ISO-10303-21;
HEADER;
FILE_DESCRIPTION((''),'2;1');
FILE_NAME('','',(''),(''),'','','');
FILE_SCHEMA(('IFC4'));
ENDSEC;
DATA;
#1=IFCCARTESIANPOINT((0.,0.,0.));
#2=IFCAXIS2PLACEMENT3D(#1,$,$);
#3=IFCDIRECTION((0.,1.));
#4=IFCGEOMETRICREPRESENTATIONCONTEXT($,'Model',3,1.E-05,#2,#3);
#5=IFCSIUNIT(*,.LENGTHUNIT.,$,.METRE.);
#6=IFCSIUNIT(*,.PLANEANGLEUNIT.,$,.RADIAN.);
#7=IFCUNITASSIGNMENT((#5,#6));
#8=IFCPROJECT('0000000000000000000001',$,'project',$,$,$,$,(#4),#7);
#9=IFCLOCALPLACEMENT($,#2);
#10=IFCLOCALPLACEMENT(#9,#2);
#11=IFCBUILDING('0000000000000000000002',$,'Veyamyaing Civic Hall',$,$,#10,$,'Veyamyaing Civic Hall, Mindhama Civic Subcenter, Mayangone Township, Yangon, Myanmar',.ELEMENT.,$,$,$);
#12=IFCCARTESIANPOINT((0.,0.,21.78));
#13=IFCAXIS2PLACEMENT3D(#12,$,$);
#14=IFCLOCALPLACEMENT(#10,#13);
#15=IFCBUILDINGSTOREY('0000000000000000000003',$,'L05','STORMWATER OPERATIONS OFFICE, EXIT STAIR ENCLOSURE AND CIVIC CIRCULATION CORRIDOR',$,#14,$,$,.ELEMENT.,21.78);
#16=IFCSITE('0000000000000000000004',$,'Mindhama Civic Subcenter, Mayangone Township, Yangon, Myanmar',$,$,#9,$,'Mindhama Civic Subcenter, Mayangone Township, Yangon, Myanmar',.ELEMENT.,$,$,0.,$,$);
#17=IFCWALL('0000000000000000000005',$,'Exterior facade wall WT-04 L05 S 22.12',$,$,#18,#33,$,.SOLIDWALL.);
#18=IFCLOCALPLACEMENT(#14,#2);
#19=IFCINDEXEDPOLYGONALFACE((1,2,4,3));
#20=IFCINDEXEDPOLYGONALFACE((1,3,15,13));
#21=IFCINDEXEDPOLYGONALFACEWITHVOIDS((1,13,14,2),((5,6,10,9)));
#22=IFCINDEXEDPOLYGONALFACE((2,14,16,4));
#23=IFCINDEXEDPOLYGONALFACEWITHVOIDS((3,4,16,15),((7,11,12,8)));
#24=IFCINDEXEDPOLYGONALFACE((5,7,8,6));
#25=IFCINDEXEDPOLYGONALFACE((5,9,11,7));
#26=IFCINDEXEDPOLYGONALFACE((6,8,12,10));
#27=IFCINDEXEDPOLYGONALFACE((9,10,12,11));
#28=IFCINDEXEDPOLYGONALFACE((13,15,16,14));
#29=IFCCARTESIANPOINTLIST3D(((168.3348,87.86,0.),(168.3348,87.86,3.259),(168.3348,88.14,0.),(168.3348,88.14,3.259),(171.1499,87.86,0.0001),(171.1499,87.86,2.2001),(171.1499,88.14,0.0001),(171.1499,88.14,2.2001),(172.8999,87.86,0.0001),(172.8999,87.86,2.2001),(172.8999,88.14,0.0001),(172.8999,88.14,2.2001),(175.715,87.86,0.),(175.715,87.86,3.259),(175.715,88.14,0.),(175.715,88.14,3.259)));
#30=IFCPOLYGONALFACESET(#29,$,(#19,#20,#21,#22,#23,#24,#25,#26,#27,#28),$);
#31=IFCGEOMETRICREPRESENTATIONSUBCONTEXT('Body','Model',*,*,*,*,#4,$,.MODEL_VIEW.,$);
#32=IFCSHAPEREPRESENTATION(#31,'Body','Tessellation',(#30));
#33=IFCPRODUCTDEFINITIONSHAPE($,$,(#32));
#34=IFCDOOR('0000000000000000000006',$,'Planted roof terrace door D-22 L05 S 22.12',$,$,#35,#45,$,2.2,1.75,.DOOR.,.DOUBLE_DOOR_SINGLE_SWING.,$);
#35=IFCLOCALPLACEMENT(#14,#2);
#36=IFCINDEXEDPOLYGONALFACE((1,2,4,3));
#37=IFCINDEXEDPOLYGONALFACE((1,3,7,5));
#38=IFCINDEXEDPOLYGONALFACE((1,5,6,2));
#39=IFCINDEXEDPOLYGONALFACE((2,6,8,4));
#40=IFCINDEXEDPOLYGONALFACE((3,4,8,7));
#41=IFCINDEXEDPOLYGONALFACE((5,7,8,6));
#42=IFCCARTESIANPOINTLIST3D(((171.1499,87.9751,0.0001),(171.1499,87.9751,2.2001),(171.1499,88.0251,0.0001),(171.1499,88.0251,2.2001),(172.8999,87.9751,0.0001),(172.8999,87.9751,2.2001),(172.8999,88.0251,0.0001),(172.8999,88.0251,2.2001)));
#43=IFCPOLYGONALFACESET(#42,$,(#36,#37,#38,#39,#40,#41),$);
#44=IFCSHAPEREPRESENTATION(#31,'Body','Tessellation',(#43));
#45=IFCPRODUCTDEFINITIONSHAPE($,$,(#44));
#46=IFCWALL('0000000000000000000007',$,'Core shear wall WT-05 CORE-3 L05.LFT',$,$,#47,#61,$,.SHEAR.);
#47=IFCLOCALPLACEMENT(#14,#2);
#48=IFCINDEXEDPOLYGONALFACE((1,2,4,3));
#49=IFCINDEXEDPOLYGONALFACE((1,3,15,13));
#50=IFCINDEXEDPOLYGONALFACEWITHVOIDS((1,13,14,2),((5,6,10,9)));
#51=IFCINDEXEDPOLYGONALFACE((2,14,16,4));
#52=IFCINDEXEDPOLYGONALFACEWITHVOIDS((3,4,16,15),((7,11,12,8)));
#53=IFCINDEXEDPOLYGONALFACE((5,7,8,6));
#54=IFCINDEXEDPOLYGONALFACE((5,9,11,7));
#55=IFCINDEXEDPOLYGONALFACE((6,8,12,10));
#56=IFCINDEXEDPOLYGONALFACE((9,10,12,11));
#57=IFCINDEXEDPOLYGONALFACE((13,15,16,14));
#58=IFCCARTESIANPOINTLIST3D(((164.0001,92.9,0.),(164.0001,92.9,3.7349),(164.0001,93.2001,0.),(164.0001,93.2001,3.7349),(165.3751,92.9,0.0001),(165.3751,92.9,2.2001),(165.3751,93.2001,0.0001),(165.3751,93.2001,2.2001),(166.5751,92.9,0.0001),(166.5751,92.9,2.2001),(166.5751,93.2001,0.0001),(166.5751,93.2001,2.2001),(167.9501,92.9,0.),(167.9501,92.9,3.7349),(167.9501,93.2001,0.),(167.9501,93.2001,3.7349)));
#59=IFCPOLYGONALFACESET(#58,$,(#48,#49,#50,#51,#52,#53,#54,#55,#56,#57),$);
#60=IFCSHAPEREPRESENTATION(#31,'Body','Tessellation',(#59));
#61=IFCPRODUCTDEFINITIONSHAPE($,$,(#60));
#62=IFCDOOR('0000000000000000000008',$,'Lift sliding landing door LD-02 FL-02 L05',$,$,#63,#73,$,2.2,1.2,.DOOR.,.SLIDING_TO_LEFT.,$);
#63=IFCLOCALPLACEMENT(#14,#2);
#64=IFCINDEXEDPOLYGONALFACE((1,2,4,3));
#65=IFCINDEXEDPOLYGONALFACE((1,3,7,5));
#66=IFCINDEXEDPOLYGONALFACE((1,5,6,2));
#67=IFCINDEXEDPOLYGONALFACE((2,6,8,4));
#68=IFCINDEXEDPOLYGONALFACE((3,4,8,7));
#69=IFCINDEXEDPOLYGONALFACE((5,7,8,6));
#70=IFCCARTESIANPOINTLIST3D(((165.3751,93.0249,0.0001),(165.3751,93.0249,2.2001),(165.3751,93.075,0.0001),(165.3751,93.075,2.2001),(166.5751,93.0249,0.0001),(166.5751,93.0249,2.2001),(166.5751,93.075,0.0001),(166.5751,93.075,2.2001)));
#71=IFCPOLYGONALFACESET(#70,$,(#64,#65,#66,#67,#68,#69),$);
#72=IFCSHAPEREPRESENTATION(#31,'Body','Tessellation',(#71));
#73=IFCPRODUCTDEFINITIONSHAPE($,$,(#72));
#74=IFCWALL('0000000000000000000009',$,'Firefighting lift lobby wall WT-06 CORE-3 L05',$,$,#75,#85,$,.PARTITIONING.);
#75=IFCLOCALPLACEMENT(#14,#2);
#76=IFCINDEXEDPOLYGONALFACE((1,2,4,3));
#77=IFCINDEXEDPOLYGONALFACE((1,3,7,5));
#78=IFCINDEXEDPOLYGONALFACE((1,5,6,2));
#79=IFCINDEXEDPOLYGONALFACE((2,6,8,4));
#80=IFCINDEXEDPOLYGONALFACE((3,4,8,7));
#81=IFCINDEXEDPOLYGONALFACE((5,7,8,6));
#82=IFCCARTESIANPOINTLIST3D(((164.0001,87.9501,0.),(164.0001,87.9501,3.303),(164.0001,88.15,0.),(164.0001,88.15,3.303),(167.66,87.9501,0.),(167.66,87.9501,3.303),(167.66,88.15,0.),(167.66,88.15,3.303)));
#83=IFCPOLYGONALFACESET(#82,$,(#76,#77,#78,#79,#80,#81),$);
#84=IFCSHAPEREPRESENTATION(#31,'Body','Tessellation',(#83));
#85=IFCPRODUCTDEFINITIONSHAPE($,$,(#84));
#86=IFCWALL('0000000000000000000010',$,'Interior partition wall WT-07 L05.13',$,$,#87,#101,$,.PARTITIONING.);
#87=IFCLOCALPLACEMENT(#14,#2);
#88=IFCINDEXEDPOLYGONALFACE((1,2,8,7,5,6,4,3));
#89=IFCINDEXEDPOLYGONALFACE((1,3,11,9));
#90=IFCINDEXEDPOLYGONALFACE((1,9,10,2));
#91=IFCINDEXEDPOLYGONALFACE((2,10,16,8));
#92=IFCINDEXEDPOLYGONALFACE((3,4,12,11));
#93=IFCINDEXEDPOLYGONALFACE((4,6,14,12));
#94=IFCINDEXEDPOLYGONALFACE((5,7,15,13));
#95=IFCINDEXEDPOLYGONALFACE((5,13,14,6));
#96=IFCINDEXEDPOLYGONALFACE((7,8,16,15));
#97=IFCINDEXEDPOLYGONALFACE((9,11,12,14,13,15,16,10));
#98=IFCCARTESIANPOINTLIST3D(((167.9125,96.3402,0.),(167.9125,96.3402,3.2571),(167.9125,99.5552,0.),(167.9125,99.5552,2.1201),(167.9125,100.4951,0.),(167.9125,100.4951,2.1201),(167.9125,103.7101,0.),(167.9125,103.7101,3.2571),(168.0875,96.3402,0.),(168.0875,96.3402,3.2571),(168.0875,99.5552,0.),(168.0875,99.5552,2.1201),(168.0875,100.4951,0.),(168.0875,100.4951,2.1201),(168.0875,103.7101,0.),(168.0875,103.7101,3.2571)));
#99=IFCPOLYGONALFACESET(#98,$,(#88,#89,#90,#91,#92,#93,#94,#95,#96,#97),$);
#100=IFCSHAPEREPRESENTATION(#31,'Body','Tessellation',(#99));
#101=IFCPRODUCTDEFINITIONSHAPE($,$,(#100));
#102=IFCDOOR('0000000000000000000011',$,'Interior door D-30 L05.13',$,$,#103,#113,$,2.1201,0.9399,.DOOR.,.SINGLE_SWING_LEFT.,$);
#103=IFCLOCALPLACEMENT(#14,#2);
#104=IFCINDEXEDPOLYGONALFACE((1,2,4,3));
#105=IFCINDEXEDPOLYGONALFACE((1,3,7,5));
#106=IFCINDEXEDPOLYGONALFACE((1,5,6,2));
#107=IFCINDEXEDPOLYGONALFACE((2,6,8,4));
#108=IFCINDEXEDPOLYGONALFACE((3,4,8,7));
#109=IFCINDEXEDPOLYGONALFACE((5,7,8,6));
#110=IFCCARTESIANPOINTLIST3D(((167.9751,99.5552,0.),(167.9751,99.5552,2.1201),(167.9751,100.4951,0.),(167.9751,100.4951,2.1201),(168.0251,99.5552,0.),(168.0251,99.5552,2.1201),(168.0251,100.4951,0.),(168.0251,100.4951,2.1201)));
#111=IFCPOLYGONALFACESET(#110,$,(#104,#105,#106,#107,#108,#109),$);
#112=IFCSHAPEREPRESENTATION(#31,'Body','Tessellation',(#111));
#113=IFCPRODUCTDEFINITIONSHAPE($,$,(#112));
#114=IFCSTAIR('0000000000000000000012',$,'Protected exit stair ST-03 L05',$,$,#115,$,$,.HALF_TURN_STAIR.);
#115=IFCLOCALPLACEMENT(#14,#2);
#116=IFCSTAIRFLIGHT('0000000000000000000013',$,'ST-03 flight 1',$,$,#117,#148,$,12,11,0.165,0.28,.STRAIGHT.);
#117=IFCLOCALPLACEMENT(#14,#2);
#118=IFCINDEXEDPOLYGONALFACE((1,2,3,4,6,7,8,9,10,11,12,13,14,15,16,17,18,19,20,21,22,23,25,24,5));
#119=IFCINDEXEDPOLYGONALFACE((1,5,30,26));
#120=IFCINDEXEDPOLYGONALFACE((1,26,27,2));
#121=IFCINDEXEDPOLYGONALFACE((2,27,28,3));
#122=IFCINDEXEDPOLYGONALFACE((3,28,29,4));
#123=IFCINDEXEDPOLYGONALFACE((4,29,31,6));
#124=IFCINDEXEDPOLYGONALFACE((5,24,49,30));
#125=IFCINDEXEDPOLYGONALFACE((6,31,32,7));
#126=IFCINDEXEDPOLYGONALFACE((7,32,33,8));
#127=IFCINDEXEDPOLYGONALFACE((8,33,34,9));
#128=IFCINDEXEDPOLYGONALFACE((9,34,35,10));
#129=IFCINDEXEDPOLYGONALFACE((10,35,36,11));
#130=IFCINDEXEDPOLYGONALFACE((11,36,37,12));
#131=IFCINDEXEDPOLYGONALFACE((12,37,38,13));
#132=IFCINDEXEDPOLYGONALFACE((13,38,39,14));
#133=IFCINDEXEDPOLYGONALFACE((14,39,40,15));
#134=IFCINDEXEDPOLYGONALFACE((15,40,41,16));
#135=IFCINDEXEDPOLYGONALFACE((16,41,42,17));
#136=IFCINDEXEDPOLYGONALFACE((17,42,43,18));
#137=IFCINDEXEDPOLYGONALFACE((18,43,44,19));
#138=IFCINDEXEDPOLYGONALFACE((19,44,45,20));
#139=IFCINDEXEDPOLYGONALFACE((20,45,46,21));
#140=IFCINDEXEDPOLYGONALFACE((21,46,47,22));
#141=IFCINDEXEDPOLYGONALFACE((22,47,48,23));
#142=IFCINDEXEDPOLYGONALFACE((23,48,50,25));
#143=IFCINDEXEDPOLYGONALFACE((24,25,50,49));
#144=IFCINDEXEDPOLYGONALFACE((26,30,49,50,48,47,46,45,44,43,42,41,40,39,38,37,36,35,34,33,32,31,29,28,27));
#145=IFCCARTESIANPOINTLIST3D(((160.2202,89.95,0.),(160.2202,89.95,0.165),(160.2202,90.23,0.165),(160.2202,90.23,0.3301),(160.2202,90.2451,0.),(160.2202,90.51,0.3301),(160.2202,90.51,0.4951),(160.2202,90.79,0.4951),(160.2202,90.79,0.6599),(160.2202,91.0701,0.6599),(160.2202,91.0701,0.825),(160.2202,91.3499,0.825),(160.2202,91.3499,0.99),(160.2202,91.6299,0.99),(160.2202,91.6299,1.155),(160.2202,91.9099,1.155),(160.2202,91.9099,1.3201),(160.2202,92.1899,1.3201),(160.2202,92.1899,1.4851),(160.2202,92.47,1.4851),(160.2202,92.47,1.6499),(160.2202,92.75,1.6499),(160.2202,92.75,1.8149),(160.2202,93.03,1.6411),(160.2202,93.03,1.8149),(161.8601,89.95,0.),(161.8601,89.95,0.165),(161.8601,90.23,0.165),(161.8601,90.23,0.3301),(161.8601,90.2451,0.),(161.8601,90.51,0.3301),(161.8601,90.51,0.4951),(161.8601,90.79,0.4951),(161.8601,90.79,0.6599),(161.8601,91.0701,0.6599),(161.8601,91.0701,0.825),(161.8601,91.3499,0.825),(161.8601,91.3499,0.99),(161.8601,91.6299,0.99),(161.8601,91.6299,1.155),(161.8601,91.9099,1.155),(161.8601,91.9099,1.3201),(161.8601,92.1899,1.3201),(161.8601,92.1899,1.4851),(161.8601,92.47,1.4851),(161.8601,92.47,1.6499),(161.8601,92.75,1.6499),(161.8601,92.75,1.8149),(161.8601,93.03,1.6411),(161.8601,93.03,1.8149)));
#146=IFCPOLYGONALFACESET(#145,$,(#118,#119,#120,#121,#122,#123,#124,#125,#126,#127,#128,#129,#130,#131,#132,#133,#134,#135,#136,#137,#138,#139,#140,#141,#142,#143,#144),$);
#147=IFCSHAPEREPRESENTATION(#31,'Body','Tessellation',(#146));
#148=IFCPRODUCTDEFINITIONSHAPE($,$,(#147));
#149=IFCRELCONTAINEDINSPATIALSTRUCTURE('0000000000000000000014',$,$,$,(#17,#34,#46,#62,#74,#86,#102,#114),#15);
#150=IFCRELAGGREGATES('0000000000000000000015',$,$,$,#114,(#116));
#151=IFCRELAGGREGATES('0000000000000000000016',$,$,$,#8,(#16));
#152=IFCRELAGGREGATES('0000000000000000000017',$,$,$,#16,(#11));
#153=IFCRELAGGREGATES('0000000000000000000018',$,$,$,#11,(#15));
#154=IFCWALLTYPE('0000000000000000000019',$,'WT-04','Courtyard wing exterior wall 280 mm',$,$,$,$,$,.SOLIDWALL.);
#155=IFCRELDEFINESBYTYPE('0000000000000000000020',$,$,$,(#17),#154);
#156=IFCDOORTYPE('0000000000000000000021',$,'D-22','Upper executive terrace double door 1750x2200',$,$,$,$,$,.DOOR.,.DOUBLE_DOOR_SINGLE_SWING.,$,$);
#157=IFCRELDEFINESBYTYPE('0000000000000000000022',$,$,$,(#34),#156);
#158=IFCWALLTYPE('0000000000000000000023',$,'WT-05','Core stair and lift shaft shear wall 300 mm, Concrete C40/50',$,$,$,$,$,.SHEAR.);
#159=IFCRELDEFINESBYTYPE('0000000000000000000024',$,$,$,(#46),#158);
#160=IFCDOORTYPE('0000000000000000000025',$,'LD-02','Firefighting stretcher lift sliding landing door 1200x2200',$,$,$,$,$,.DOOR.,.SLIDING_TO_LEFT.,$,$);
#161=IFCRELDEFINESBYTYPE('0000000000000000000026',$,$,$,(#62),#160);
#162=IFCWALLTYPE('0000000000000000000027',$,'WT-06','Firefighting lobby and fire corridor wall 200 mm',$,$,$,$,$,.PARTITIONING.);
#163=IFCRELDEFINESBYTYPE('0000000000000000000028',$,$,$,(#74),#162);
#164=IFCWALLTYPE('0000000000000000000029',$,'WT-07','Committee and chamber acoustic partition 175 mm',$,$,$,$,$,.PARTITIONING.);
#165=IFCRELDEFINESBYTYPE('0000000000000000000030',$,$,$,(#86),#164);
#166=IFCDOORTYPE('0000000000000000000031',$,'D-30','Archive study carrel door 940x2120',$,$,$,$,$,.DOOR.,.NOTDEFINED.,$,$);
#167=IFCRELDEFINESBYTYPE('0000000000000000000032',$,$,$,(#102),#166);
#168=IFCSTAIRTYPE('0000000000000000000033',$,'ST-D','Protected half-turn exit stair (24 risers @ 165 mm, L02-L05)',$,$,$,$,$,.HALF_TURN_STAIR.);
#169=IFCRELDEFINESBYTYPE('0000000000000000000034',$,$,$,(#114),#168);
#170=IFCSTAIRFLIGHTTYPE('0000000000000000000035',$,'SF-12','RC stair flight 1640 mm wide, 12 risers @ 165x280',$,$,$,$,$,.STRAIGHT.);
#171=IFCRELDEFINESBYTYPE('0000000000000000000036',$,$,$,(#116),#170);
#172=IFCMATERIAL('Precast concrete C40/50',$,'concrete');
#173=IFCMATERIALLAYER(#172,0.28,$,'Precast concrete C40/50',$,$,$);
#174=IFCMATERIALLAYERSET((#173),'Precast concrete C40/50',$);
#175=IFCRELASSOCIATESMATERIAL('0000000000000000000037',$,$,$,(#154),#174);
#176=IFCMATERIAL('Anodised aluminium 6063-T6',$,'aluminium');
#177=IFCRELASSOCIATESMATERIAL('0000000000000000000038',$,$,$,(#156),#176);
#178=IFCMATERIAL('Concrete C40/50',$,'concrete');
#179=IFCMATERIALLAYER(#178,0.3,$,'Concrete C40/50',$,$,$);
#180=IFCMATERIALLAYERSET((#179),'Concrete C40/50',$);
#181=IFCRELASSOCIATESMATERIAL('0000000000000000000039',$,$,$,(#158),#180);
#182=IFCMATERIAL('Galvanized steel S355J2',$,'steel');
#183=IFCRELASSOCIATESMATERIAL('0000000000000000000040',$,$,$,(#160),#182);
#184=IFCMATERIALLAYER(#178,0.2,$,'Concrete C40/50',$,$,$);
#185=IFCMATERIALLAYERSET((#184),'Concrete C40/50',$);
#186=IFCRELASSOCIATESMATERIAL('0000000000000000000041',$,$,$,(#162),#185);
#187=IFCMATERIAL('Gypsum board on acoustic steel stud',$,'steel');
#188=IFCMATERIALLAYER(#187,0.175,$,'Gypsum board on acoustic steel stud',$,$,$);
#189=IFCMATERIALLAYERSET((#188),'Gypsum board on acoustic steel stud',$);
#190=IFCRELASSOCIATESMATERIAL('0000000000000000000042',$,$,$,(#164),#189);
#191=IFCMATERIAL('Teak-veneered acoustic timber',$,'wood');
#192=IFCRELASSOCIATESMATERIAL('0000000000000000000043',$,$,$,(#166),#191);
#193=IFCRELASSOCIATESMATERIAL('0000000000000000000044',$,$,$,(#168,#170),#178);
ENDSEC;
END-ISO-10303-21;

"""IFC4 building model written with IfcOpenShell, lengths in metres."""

from ifc_helpers import new_model, si_unit, direction, frame, frame_2d, origin, place, context, subcontext, project, spatial, polyline, rectangle, outline, extrude, material, layer, layer_set, type_object, element, fill, aggregate, save


model = new_model("IFC4")

# Units and contexts
model_context = context("Model", 3, precision=1e-05, world=origin(), true_north=direction((0.0, 1.0)))
body_context = subcontext(model_context, "Body", "Model", "MODEL_VIEW")
ifc_project = project(units=[si_unit("LENGTHUNIT", "METRE"), si_unit("PLANEANGLEUNIT", "RADIAN")], contexts=[model_context])

# Site, building, storey
site_placement = place(None, origin())
site = spatial("IfcSite", under=ifc_project, at=site_placement, Name="Mindhama Civic Subcenter, Mayangone Township, Yangon, Myanmar", LongName="Mindhama Civic Subcenter, Mayangone Township, Yangon, Myanmar", CompositionType="ELEMENT", RefElevation=0.0)
building_placement = place(site_placement, origin())
building = spatial("IfcBuilding", under=site, at=building_placement, Name="Veyamyaing Civic Hall", LongName="Veyamyaing Civic Hall, Mindhama Civic Subcenter, Mayangone Township, Yangon, Myanmar", CompositionType="ELEMENT")
storey_placement = place(building_placement, frame((0.0, 0.0, 21.78)))
storey = spatial("IfcBuildingStorey", under=building, at=storey_placement, Name="L05", Description="STORMWATER OPERATIONS OFFICE, EXIT STAIR ENCLOSURE AND CIVIC CIRCULATION CORRIDOR", CompositionType="ELEMENT", Elevation=21.78)

# Walls, openings, doors
ifc_material_1 = material(Name="Precast concrete C40/50", Category="concrete")
ifc_layer_1 = layer(ifc_material_1, 0.28, Name="Precast concrete C40/50")
ifc_layer_set_1 = layer_set([ifc_layer_1], Name="Precast concrete C40/50")
wall_type_1 = type_object("IfcWallType", Name="WT-04", Description="Courtyard wing exterior wall 280 mm", PredefinedType="SOLIDWALL", material=ifc_layer_set_1)
wall_1_placement = place(storey_placement, frame((168.335, 88.0, 0.0), z_axis=(0.0, 0.0, 1.0), x_axis=(1.0, 0.0, 0.0)))
wall_1 = element("IfcWall", 1, at=wall_1_placement, inside=storey, type_object=wall_type_1, Name="Exterior facade wall WT-04 L05 S 22.12", PredefinedType="SOLIDWALL", context=body_context, shape_type="SweptSolid", body=[
    extrude(rectangle(XDim=7.3801, YDim=0.28, at=frame_2d((3.6899, 0.0))), origin(), (0.0, 0.0, 1.0), 3.259),
])
opening_1_placement = place(wall_1_placement, frame((2.8149, 0.0, 0.0)))
opening_1 = element("IfcOpeningElement", 2, at=opening_1_placement, cuts=wall_1, PredefinedType="OPENING", context=body_context, shape_type="SweptSolid", body=[
    extrude(rectangle(XDim=1.75, YDim=2.2, at=frame_2d((0.875, 1.1001))), frame((0.0, 0.1499, 0.0), z_axis=(0.0, -1.0, 0.0), x_axis=(1.0, 0.0, 0.0)), (0.0, 0.0, 1.0), 0.3),
])
ifc_material_2 = material(Name="Anodised aluminium 6063-T6", Category="aluminium")
door_type_1 = type_object("IfcDoorType", Name="D-22", Description="Upper executive terrace double door 1750x2200", OperationType="DOUBLE_DOOR_SINGLE_SWING", PredefinedType="DOOR", material=ifc_material_2)
door_1_placement = place(opening_1_placement, frame((1.75, 0.0, 0.0), z_axis=(0.0, 0.0, 1.0), x_axis=(-1.0, 0.0, 0.0)))
door_1 = element("IfcDoor", 3, at=door_1_placement, inside=storey, type_object=door_type_1, Name="Planted roof terrace door D-22 L05 S 22.12", OperationType="DOUBLE_DOOR_SINGLE_SWING", OverallHeight=2.2, OverallWidth=1.75, PredefinedType="DOOR", context=body_context, shape_type="SweptSolid", body=[
    extrude(rectangle(XDim=1.75, YDim=2.2, at=frame_2d((0.875, 1.1001))), frame((0.0, 0.0249, 0.0), z_axis=(0.0, -1.0, 0.0), x_axis=(1.0, 0.0, 0.0)), (0.0, 0.0, 1.0), 0.05),
])
fill(opening_1, door_1)
ifc_material_3 = material(Name="Concrete C40/50", Category="concrete")
ifc_layer_2 = layer(ifc_material_3, 0.3, Name="Concrete C40/50")
ifc_layer_set_2 = layer_set([ifc_layer_2], Name="Concrete C40/50")
wall_type_2 = type_object("IfcWallType", Name="WT-05", Description="Core stair and lift shaft shear wall 300 mm, Concrete C40/50", PredefinedType="SHEAR", material=ifc_layer_set_2)
ifc_material_4 = material(Name="Galvanized steel S355J2", Category="steel")
wall_2_placement = place(storey_placement, frame((164.0, 93.05, 0.0), z_axis=(0.0, 0.0, 1.0), x_axis=(1.0, 0.0, 0.0)))
wall_2 = element("IfcWall", 4, at=wall_2_placement, inside=storey, type_object=wall_type_2, Name="Core shear wall WT-05 CORE-3 L05.LFT", PredefinedType="SHEAR", context=body_context, shape_type="SweptSolid", body=[
    extrude(rectangle(XDim=3.95, YDim=0.3, at=frame_2d((1.9751, 0.0))), origin(), (0.0, 0.0, 1.0), 3.7349),
])
opening_2_placement = place(wall_2_placement, frame((1.375, 0.0, 0.0)))
opening_2 = element("IfcOpeningElement", 5, at=opening_2_placement, cuts=wall_2, PredefinedType="OPENING", context=body_context, shape_type="SweptSolid", body=[
    extrude(rectangle(XDim=1.2, YDim=2.2, at=frame_2d((0.6001, 1.1001))), frame((0.0, 0.1599, 0.0), z_axis=(0.0, -1.0, 0.0), x_axis=(1.0, 0.0, 0.0)), (0.0, 0.0, 1.0), 0.3201),
])
door_type_2 = type_object("IfcDoorType", Name="LD-02", Description="Firefighting stretcher lift sliding landing door 1200x2200", OperationType="SLIDING_TO_LEFT", PredefinedType="DOOR", material=ifc_material_4)
door_2_placement = place(opening_2_placement, origin())
door_2 = element("IfcDoor", 6, at=door_2_placement, inside=storey, type_object=door_type_2, Name="Lift sliding landing door LD-02 FL-02 L05", OperationType="SLIDING_TO_LEFT", OverallHeight=2.2, OverallWidth=1.2, PredefinedType="DOOR", context=body_context, shape_type="SweptSolid", body=[
    extrude(rectangle(XDim=1.2, YDim=2.2, at=frame_2d((0.6001, 1.1001))), frame((0.0, 0.0249, 0.0), z_axis=(0.0, -1.0, 0.0), x_axis=(1.0, 0.0, 0.0)), (0.0, 0.0, 1.0), 0.05),
])
fill(opening_2, door_2)

# Wall
ifc_layer_3 = layer(ifc_material_3, 0.2, Name="Concrete C40/50")
ifc_layer_set_3 = layer_set([ifc_layer_3], Name="Concrete C40/50")
wall_type_3 = type_object("IfcWallType", Name="WT-06", Description="Firefighting lobby and fire corridor wall 200 mm", PredefinedType="PARTITIONING", material=ifc_layer_set_3)
wall_3_placement = place(storey_placement, frame((164.0, 88.05, 0.0), z_axis=(0.0, 0.0, 1.0), x_axis=(1.0, 0.0, 0.0)))
element("IfcWall", 7, at=wall_3_placement, inside=storey, type_object=wall_type_3, Name="Firefighting lift lobby wall WT-06 CORE-3 L05", PredefinedType="PARTITIONING", context=body_context, shape_type="SweptSolid", body=[
    extrude(rectangle(XDim=3.6599, YDim=0.2, at=frame_2d((1.8301, 0.0))), origin(), (0.0, 0.0, 1.0), 3.303),
])

# Wall, opening, door
ifc_material_5 = material(Name="Gypsum board on acoustic steel stud", Category="steel")
ifc_layer_4 = layer(ifc_material_5, 0.175, Name="Gypsum board on acoustic steel stud")
ifc_layer_set_4 = layer_set([ifc_layer_4], Name="Gypsum board on acoustic steel stud")
wall_type_4 = type_object("IfcWallType", Name="WT-07", Description="Committee and chamber acoustic partition 175 mm", PredefinedType="PARTITIONING", material=ifc_layer_set_4)
wall_4_placement = place(storey_placement, frame((168.0, 96.3401, 0.0), z_axis=(0.0, 0.0, 1.0), x_axis=(0.0, 1.0, 0.0)))
wall_4 = element("IfcWall", 8, at=wall_4_placement, inside=storey, type_object=wall_type_4, Name="Interior partition wall WT-07 L05.13", PredefinedType="PARTITIONING", context=body_context, shape_type="SweptSolid", body=[
    extrude(rectangle(XDim=7.3699, YDim=0.175, at=frame_2d((3.6851, 0.0))), origin(), (0.0, 0.0, 1.0), 3.2571),
])
opening_3_placement = place(wall_4_placement, frame((3.2151, 0.0, 0.0)))
opening_3 = element("IfcOpeningElement", 9, at=opening_3_placement, cuts=wall_4, PredefinedType="OPENING", context=body_context, shape_type="SweptSolid", body=[
    extrude(rectangle(XDim=0.9399, YDim=2.1201, at=frame_2d((0.47, 1.0601))), frame((0.0, 0.0974, 0.0), z_axis=(0.0, -1.0, 0.0), x_axis=(1.0, 0.0, 0.0)), (0.0, 0.0, 1.0), 0.1951),
])
ifc_material_6 = material(Name="Teak-veneered acoustic timber", Category="wood")
door_type_3 = type_object("IfcDoorType", Name="D-30", Description="Archive study carrel door 940x2120", OperationType="NOTDEFINED", PredefinedType="DOOR", material=ifc_material_6)
door_3_placement = place(opening_3_placement, origin())
door_3 = element("IfcDoor", 10, at=door_3_placement, inside=storey, type_object=door_type_3, Name="Interior door D-30 L05.13", OperationType="SINGLE_SWING_LEFT", OverallHeight=2.1201, OverallWidth=0.9399, PredefinedType="DOOR", context=body_context, shape_type="SweptSolid", body=[
    extrude(rectangle(XDim=0.9399, YDim=2.1201, at=frame_2d((0.47, 1.0601))), frame((0.0, 0.0249, 0.0), z_axis=(0.0, -1.0, 0.0), x_axis=(1.0, 0.0, 0.0)), (0.0, 0.0, 1.0), 0.05),
])
fill(opening_3, door_3)

# Stair, stair flight
stair_type = type_object("IfcStairType", Name="ST-D", Description="Protected half-turn exit stair (24 risers @ 165 mm, L02-L05)", PredefinedType="HALF_TURN_STAIR", material=ifc_material_3)
stair_placement = place(storey_placement, origin())
stair = element("IfcStair", 11, at=stair_placement, inside=storey, type_object=stair_type, Name="Protected exit stair ST-03 L05", PredefinedType="HALF_TURN_STAIR")
stair_flight_type = type_object("IfcStairFlightType", Name="SF-12", Description="RC stair flight 1640 mm wide, 12 risers @ 165x280", PredefinedType="STRAIGHT", material=ifc_material_3)
stair_flight_1_placement = place(storey_placement, frame((161.04, 89.95, 0.0), z_axis=(0.0, 0.0, 1.0), x_axis=(0.0, 1.0, 0.0)))
stair_flight_1 = element("IfcStairFlight", 12, at=stair_flight_1_placement, type_object=stair_flight_type, Name="ST-03 flight 1", NumberOfRisers=12, NumberOfTreads=11, PredefinedType="STRAIGHT", RiserHeight=0.165, TreadLength=0.28, context=body_context, shape_type="SweptSolid", body=[
    extrude(outline(polyline([(0.0, 0.0), (0.0, 0.165), (0.28, 0.165), (0.28, 0.3301), (0.5601, 0.3301), (0.5601, 0.4951), (0.8401, 0.4951), (0.8401, 0.6599), (1.1201, 0.6599), (1.1201, 0.825), (1.3999, 0.825), (1.3999, 0.99), (1.6799, 0.99), (1.6799, 1.155), (1.96, 1.155), (1.96, 1.3201), (2.24, 1.3201), (2.24, 1.4851), (2.52, 1.4851), (2.52, 1.6499), (2.8, 1.6499), (2.8, 1.8149), (3.0801, 1.8149), (3.0801, 1.98), (3.0801, 1.6411), (0.2952, 0.0), (0.0, 0.0)])), frame((0.0, 0.8198, 0.0), z_axis=(0.0, -1.0, 0.0), x_axis=(1.0, 0.0, 0.0)), (0.0, 0.0, 1.0), 1.6399),
])
aggregate(stair, [stair_flight_1])

save(model, "model.ifc")
